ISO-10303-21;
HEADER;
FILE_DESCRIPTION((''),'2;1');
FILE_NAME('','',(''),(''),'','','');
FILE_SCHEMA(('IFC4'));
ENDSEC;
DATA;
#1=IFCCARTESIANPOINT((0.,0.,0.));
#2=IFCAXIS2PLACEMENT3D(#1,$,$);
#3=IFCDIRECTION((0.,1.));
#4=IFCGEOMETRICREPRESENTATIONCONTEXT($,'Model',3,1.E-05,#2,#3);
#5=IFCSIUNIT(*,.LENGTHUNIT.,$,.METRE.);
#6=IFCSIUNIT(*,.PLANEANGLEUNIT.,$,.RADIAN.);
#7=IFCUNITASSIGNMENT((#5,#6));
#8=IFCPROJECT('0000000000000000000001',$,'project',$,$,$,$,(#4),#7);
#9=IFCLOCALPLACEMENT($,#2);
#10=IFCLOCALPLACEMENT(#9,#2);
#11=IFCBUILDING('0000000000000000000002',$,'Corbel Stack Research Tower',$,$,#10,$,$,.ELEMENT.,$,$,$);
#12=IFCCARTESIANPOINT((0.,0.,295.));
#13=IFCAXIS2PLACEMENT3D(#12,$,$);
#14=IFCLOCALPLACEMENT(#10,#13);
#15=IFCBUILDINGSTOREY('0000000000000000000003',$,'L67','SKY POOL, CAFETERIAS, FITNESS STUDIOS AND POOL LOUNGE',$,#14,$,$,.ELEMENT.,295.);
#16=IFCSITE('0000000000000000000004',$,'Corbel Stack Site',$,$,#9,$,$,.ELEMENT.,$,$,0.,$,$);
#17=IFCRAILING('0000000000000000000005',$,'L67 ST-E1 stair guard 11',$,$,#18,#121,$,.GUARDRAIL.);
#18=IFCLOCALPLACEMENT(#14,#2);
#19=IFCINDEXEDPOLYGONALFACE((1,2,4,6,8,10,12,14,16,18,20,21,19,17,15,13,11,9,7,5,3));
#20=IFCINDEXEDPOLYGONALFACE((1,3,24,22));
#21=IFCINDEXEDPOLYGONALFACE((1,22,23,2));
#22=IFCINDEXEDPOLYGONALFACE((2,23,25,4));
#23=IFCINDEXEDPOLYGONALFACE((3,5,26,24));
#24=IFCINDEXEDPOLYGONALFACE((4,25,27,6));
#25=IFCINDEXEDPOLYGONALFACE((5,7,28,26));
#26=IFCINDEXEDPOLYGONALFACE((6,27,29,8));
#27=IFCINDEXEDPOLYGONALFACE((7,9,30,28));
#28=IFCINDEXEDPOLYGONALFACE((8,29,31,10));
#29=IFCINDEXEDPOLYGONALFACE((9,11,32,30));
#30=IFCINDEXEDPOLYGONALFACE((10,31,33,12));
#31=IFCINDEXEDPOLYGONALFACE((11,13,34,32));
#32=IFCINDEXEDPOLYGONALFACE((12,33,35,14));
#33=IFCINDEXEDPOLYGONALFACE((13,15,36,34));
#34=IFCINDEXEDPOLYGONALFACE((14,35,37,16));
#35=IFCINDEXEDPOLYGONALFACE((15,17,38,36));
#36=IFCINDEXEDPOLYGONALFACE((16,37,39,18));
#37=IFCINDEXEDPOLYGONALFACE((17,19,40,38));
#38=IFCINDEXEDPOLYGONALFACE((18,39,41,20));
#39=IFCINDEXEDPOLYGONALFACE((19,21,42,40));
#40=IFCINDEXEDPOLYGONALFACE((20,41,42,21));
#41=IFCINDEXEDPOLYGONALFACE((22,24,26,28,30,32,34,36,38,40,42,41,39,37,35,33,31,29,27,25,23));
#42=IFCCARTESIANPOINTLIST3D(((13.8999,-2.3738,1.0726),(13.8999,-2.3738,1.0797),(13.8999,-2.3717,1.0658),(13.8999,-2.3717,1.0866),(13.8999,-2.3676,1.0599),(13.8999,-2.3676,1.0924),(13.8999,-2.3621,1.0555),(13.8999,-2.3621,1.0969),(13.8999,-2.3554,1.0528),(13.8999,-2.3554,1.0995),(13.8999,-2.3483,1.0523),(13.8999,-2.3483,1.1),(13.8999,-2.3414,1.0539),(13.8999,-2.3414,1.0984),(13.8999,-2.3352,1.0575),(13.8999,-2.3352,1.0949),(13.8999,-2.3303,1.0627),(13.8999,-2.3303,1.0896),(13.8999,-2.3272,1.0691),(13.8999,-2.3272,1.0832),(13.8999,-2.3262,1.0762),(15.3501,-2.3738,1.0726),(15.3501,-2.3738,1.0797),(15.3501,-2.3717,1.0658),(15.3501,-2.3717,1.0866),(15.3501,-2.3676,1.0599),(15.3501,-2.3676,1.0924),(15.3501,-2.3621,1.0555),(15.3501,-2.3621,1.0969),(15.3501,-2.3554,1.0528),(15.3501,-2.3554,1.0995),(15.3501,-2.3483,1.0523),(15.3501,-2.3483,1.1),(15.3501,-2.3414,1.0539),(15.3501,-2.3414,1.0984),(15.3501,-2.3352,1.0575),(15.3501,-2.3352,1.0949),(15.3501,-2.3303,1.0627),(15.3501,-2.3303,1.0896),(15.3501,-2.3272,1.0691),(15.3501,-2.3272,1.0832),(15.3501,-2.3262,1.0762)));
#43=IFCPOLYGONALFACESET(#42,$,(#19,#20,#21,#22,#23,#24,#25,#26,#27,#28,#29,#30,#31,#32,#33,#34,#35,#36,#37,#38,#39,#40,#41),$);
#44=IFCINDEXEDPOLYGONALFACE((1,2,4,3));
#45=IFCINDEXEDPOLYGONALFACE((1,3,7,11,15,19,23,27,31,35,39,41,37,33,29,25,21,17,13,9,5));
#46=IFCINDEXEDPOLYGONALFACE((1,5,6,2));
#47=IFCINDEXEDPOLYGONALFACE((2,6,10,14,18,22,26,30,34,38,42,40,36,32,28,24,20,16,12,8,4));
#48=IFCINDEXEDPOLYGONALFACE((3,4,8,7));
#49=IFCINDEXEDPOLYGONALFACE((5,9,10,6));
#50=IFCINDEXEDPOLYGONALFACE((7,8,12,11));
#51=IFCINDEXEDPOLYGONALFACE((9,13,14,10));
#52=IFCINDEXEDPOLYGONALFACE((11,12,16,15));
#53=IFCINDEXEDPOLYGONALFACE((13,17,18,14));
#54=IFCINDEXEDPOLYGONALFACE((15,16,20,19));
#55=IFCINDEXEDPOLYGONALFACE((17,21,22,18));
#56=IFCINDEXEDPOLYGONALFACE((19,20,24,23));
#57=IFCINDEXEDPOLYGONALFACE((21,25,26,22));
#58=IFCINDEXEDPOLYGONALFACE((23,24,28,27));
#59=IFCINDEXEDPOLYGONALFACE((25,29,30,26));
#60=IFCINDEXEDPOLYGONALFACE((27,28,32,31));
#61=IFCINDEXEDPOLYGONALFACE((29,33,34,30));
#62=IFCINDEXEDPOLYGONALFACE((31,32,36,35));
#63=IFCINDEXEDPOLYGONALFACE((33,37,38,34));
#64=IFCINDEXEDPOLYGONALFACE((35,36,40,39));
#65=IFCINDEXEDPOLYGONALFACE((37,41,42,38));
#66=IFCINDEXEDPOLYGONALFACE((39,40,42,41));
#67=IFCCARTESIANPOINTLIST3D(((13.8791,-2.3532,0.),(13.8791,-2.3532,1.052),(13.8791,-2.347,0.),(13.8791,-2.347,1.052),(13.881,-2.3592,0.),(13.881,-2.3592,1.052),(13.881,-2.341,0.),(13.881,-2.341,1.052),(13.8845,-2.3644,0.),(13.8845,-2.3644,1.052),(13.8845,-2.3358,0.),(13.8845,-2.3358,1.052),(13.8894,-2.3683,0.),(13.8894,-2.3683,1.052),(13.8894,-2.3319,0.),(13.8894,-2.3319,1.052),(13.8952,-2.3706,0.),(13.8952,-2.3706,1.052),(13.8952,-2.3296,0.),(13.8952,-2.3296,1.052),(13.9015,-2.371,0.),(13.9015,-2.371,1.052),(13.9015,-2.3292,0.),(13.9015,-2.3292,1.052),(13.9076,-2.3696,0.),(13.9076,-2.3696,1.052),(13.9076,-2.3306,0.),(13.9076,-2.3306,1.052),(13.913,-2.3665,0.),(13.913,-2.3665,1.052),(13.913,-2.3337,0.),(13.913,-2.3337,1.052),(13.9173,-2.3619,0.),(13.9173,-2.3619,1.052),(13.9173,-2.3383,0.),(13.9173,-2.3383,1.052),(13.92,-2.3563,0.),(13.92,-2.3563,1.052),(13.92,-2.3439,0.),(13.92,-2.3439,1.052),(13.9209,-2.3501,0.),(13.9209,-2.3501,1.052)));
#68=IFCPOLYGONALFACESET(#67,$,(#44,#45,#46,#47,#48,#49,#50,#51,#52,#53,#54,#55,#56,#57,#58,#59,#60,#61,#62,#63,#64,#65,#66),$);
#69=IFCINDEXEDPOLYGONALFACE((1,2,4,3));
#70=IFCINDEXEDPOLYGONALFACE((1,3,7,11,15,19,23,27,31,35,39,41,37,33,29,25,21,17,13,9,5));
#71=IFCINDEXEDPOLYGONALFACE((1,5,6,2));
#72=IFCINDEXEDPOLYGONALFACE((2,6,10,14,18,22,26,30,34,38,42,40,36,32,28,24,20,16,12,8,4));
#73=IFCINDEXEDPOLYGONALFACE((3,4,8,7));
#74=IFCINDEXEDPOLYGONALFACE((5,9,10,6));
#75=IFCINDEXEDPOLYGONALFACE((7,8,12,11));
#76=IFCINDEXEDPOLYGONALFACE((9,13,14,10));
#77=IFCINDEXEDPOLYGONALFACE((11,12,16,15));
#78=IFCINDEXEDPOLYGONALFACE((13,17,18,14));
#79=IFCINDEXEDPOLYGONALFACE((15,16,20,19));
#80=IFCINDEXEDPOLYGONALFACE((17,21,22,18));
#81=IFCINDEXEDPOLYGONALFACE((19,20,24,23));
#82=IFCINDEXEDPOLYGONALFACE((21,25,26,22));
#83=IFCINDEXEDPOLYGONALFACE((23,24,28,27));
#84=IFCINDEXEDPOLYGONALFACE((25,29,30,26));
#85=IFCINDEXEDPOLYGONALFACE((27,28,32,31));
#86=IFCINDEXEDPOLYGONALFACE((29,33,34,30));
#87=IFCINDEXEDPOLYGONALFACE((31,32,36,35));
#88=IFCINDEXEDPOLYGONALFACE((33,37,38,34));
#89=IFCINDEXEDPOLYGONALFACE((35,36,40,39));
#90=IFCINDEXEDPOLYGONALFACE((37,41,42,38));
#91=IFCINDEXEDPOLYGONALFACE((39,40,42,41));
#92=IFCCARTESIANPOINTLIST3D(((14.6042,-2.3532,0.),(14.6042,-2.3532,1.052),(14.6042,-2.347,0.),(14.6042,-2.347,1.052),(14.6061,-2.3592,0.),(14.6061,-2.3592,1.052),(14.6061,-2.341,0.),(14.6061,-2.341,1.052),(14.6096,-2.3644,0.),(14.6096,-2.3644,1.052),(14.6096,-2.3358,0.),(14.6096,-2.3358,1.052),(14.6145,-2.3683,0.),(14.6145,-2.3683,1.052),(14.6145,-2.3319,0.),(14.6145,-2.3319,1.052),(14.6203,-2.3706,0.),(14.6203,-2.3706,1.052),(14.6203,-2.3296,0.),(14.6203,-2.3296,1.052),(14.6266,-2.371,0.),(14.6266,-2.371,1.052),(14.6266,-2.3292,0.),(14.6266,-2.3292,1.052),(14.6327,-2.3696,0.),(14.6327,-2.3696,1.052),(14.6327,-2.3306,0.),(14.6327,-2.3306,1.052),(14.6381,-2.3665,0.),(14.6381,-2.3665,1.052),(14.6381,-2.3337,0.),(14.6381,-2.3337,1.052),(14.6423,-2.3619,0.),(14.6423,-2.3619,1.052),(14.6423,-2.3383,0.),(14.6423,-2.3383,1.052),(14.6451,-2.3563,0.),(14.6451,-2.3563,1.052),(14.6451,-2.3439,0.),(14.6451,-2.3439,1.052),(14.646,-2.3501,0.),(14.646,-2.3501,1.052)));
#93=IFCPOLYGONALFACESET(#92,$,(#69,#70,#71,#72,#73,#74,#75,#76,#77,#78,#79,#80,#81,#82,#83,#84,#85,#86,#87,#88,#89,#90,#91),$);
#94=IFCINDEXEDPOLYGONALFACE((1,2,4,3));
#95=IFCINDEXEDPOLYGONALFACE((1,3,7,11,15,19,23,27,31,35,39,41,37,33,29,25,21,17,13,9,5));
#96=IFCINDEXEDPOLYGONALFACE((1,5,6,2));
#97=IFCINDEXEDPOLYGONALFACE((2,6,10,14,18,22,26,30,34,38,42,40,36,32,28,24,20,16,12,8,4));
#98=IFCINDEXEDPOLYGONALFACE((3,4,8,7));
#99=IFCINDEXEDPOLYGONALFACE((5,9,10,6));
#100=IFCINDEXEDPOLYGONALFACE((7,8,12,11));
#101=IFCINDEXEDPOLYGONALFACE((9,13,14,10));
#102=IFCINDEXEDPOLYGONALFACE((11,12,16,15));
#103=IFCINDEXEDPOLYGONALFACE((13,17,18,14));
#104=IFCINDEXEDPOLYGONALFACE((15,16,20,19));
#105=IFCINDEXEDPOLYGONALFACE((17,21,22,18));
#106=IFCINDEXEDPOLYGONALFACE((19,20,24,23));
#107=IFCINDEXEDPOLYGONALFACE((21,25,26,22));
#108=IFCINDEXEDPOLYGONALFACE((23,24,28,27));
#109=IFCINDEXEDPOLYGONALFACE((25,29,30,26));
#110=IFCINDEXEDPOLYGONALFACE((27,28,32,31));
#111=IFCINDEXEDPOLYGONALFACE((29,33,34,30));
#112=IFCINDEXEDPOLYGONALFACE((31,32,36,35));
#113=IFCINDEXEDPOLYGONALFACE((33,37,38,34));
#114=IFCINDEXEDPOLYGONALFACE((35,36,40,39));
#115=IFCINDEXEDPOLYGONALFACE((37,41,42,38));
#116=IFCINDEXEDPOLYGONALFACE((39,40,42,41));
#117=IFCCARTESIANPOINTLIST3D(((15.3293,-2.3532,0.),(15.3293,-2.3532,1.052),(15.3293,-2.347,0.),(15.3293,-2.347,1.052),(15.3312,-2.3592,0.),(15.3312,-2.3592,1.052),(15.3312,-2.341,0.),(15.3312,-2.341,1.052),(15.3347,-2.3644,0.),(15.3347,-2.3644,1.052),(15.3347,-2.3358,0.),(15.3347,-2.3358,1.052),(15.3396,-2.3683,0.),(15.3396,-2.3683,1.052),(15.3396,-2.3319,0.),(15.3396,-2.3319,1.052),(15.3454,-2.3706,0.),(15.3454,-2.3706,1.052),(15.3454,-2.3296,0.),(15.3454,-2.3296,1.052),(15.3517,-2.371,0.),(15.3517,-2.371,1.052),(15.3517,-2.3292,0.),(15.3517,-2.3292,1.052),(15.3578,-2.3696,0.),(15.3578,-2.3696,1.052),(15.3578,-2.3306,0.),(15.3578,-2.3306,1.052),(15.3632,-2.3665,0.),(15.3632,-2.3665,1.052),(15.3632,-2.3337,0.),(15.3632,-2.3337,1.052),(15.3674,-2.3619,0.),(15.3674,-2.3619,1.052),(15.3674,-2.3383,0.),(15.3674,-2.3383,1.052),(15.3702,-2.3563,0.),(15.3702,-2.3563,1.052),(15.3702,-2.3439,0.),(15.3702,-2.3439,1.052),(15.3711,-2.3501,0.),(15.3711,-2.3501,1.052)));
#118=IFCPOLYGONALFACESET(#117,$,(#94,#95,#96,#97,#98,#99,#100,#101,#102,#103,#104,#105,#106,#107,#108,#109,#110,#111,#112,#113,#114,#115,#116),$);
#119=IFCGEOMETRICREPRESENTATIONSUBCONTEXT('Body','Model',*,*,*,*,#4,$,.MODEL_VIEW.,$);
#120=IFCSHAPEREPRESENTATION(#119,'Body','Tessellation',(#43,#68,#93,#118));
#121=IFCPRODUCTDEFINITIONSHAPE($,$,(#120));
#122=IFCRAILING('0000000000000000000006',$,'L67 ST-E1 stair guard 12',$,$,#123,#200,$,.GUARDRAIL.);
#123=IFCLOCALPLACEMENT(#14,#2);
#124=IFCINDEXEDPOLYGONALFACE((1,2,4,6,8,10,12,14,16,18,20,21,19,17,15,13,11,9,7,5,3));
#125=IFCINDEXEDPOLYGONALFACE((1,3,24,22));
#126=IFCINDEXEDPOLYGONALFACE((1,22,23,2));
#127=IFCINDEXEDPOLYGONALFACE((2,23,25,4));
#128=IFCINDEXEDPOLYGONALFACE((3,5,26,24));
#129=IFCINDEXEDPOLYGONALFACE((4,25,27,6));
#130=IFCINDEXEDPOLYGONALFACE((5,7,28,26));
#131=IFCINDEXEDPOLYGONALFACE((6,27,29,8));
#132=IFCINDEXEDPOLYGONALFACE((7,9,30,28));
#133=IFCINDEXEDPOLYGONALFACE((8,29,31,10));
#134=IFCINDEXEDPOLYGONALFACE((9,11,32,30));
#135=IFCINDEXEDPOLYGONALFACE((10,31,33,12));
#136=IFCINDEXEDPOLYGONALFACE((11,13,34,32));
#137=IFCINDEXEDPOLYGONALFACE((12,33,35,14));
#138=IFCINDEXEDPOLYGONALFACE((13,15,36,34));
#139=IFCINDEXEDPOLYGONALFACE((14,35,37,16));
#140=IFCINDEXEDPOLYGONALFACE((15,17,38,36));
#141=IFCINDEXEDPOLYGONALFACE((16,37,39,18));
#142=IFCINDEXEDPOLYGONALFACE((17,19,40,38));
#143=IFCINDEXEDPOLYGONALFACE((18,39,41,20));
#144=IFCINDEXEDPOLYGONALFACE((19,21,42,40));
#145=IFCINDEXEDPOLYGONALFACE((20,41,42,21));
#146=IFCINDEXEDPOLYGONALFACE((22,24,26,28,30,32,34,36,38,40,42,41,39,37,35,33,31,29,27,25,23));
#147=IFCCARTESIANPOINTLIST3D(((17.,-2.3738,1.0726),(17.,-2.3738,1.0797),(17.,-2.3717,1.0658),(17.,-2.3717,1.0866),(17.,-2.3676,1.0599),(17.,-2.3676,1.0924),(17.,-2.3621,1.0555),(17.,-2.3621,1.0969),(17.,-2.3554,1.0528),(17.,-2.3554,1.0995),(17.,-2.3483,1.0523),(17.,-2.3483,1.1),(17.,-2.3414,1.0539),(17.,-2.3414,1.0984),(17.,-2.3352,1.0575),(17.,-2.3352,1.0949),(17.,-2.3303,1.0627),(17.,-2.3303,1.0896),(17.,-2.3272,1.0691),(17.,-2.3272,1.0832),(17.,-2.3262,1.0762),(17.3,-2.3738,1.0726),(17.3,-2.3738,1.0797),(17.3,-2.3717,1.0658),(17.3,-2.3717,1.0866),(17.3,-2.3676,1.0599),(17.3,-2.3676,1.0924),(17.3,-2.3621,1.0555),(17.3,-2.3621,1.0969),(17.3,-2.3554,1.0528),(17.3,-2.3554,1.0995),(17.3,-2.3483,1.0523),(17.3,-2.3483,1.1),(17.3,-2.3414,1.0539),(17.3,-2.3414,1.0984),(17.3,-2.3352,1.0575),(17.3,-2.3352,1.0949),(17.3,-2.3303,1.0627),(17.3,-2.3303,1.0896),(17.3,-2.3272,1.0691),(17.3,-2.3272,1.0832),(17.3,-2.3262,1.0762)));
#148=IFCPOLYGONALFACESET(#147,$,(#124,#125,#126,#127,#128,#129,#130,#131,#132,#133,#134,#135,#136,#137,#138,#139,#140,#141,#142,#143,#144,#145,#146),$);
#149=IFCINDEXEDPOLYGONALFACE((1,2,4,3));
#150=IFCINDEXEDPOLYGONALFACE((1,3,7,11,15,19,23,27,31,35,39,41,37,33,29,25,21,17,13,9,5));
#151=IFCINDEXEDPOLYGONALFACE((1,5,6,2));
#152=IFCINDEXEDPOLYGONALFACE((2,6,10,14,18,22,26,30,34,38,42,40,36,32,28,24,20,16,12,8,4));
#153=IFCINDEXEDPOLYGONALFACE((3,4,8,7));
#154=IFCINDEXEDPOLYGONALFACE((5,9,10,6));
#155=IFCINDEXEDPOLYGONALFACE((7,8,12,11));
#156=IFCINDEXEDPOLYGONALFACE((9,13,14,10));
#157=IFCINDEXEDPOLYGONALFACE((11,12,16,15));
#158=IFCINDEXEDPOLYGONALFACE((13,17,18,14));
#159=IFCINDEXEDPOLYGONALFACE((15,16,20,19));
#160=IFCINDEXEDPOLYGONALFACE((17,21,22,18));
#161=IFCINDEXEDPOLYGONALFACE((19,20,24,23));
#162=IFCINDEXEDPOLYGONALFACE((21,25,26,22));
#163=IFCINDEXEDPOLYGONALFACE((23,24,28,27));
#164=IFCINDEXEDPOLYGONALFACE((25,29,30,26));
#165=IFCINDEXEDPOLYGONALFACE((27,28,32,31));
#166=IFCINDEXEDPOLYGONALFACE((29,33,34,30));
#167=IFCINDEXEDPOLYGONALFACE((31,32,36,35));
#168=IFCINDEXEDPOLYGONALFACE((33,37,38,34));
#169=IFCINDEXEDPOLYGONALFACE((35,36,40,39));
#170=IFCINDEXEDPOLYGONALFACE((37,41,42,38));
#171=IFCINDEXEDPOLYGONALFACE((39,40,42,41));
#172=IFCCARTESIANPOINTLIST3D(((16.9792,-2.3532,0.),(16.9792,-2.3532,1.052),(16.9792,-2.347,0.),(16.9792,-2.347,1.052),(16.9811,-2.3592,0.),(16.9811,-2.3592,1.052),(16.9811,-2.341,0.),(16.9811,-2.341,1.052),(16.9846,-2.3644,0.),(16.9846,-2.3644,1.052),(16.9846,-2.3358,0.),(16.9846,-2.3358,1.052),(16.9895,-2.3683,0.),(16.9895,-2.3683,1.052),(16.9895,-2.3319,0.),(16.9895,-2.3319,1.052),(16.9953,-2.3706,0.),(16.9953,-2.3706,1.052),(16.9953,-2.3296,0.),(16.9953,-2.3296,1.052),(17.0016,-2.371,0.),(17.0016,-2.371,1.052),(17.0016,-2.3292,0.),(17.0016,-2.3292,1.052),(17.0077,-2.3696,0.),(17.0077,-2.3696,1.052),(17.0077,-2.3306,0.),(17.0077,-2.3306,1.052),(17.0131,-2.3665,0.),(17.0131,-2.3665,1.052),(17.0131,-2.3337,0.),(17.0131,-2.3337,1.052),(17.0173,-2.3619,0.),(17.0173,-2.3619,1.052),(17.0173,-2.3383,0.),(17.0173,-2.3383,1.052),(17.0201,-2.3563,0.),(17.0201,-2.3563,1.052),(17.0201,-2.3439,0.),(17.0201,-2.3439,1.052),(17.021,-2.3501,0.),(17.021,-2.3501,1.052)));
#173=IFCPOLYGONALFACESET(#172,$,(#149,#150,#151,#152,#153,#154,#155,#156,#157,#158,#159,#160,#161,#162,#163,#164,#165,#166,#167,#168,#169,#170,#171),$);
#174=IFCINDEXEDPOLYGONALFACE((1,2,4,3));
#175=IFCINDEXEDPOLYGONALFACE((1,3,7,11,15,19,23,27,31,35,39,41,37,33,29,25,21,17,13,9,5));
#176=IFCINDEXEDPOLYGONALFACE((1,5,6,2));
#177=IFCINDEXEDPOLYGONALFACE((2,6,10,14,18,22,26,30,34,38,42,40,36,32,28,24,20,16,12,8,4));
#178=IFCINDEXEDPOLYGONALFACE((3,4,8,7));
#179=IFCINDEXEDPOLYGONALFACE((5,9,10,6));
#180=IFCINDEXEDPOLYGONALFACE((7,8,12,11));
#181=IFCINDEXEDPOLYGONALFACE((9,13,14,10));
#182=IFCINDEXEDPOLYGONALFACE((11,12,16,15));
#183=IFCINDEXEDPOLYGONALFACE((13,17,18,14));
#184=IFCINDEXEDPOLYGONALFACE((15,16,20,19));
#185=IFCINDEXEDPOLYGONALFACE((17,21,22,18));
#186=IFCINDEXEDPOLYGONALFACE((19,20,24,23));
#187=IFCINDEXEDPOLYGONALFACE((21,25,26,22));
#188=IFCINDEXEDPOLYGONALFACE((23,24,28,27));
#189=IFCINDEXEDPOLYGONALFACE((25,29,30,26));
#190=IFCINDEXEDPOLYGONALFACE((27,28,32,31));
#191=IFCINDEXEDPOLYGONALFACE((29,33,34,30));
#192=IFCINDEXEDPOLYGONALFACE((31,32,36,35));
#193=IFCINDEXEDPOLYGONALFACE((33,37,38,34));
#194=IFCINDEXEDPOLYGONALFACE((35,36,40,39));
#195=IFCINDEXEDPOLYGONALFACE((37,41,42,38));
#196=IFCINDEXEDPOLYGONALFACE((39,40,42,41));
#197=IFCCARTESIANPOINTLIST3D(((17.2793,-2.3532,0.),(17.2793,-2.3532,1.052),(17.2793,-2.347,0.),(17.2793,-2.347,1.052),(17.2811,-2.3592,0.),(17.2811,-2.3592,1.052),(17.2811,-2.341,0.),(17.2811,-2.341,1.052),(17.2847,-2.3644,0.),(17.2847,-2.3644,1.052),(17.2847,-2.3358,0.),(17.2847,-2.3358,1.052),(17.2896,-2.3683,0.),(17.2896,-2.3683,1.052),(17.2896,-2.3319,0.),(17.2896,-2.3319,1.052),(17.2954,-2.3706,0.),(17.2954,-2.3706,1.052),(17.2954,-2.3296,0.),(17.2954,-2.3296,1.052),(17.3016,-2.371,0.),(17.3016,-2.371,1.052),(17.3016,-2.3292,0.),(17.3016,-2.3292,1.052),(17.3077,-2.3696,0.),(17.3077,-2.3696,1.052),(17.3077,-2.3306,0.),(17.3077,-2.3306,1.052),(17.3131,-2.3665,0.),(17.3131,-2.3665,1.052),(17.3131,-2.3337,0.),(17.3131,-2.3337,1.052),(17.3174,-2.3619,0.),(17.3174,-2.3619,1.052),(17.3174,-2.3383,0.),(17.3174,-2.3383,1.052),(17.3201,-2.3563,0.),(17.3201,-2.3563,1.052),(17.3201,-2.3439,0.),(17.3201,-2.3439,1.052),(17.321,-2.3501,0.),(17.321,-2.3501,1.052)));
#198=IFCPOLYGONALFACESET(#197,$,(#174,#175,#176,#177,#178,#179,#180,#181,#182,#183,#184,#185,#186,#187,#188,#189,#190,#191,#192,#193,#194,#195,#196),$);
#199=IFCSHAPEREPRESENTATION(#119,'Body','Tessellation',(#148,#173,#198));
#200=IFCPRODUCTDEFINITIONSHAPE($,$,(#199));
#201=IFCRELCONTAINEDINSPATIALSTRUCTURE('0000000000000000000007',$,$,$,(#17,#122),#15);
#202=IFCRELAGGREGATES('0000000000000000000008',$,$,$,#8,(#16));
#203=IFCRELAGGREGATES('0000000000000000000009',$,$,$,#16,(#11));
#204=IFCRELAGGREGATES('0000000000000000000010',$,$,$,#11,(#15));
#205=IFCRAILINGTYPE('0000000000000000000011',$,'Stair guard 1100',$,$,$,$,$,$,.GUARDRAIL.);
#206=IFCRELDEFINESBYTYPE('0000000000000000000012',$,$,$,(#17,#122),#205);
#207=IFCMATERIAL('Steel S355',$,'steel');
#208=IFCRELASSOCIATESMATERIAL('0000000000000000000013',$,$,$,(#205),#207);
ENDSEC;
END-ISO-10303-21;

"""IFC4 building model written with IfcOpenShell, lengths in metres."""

from ifc_helpers import new_model, si_unit, direction, frame, origin, origin_2d, place, context, subcontext, project, spatial, circle, extrude, material, type_object, element, save


model = new_model("IFC4")

# Units and contexts
model_context = context("Model", 3, precision=1e-05, world=origin(), true_north=direction((0.0, 1.0)))
body_context = subcontext(model_context, "Body", "Model", "MODEL_VIEW")
ifc_project = project(units=[si_unit("LENGTHUNIT", "METRE"), si_unit("PLANEANGLEUNIT", "RADIAN")], contexts=[model_context])

# Site, building, storey
site_placement = place(None, origin())
site = spatial("IfcSite", under=ifc_project, at=site_placement, Name="Corbel Stack Site", CompositionType="ELEMENT", RefElevation=0.0)
building_placement = place(site_placement, origin())
building = spatial("IfcBuilding", under=site, at=building_placement, Name="Corbel Stack Research Tower", CompositionType="ELEMENT")
storey_placement = place(building_placement, frame((0.0, 0.0, 295.0)))
storey = spatial("IfcBuildingStorey", under=building, at=storey_placement, Name="L67", Description="SKY POOL, CAFETERIAS, FITNESS STUDIOS AND POOL LOUNGE", CompositionType="ELEMENT", Elevation=295.0)

# Railings
ifc_material_1 = material(Name="Steel S355", Category="steel")
railing_type_1 = type_object("IfcRailingType", Name="Stair guard 1100", PredefinedType="GUARDRAIL", material=ifc_material_1)
railing_1_placement = place(storey_placement, frame((13.8999, -2.3501, 0.0)))
element("IfcRailing", 1, at=railing_1_placement, inside=storey, type_object=railing_type_1, Name="L67 ST-E1 stair guard 11", PredefinedType="GUARDRAIL", context=body_context, shape_type="SweptSolid", body=[
    extrude(circle(Radius=0.0239, at=origin_2d()), frame((0.0, 0.0, 1.0762), z_axis=(1.0, 0.0, 0.0), x_axis=(0.0, 1.0, 0.0)), (0.0, 0.0, 1.0), 1.4502),
    extrude(circle(Radius=0.021, at=origin_2d()), origin(), (0.0, 0.0, 1.0), 1.052),
    extrude(circle(Radius=0.021, at=origin_2d()), frame((0.7251, 0.0, 0.0)), (0.0, 0.0, 1.0), 1.052),
    extrude(circle(Radius=0.021, at=origin_2d()), frame((1.4502, 0.0, 0.0)), (0.0, 0.0, 1.0), 1.052),
])
railing_2_placement = place(storey_placement, frame((17.0, -2.3501, 0.0)))
element("IfcRailing", 2, at=railing_2_placement, inside=storey, type_object=railing_type_1, Name="L67 ST-E1 stair guard 12", PredefinedType="GUARDRAIL", context=body_context, shape_type="SweptSolid", body=[
    extrude(circle(Radius=0.0239, at=origin_2d()), frame((0.0, 0.0, 1.0762), z_axis=(1.0, 0.0, 0.0), x_axis=(0.0, 1.0, 0.0)), (0.0, 0.0, 1.0), 0.3),
    extrude(circle(Radius=0.021, at=origin_2d()), origin(), (0.0, 0.0, 1.0), 1.052),
    extrude(circle(Radius=0.021, at=origin_2d()), frame((0.3, 0.0, 0.0)), (0.0, 0.0, 1.0), 1.052),
])

save(model, "model.ifc")
